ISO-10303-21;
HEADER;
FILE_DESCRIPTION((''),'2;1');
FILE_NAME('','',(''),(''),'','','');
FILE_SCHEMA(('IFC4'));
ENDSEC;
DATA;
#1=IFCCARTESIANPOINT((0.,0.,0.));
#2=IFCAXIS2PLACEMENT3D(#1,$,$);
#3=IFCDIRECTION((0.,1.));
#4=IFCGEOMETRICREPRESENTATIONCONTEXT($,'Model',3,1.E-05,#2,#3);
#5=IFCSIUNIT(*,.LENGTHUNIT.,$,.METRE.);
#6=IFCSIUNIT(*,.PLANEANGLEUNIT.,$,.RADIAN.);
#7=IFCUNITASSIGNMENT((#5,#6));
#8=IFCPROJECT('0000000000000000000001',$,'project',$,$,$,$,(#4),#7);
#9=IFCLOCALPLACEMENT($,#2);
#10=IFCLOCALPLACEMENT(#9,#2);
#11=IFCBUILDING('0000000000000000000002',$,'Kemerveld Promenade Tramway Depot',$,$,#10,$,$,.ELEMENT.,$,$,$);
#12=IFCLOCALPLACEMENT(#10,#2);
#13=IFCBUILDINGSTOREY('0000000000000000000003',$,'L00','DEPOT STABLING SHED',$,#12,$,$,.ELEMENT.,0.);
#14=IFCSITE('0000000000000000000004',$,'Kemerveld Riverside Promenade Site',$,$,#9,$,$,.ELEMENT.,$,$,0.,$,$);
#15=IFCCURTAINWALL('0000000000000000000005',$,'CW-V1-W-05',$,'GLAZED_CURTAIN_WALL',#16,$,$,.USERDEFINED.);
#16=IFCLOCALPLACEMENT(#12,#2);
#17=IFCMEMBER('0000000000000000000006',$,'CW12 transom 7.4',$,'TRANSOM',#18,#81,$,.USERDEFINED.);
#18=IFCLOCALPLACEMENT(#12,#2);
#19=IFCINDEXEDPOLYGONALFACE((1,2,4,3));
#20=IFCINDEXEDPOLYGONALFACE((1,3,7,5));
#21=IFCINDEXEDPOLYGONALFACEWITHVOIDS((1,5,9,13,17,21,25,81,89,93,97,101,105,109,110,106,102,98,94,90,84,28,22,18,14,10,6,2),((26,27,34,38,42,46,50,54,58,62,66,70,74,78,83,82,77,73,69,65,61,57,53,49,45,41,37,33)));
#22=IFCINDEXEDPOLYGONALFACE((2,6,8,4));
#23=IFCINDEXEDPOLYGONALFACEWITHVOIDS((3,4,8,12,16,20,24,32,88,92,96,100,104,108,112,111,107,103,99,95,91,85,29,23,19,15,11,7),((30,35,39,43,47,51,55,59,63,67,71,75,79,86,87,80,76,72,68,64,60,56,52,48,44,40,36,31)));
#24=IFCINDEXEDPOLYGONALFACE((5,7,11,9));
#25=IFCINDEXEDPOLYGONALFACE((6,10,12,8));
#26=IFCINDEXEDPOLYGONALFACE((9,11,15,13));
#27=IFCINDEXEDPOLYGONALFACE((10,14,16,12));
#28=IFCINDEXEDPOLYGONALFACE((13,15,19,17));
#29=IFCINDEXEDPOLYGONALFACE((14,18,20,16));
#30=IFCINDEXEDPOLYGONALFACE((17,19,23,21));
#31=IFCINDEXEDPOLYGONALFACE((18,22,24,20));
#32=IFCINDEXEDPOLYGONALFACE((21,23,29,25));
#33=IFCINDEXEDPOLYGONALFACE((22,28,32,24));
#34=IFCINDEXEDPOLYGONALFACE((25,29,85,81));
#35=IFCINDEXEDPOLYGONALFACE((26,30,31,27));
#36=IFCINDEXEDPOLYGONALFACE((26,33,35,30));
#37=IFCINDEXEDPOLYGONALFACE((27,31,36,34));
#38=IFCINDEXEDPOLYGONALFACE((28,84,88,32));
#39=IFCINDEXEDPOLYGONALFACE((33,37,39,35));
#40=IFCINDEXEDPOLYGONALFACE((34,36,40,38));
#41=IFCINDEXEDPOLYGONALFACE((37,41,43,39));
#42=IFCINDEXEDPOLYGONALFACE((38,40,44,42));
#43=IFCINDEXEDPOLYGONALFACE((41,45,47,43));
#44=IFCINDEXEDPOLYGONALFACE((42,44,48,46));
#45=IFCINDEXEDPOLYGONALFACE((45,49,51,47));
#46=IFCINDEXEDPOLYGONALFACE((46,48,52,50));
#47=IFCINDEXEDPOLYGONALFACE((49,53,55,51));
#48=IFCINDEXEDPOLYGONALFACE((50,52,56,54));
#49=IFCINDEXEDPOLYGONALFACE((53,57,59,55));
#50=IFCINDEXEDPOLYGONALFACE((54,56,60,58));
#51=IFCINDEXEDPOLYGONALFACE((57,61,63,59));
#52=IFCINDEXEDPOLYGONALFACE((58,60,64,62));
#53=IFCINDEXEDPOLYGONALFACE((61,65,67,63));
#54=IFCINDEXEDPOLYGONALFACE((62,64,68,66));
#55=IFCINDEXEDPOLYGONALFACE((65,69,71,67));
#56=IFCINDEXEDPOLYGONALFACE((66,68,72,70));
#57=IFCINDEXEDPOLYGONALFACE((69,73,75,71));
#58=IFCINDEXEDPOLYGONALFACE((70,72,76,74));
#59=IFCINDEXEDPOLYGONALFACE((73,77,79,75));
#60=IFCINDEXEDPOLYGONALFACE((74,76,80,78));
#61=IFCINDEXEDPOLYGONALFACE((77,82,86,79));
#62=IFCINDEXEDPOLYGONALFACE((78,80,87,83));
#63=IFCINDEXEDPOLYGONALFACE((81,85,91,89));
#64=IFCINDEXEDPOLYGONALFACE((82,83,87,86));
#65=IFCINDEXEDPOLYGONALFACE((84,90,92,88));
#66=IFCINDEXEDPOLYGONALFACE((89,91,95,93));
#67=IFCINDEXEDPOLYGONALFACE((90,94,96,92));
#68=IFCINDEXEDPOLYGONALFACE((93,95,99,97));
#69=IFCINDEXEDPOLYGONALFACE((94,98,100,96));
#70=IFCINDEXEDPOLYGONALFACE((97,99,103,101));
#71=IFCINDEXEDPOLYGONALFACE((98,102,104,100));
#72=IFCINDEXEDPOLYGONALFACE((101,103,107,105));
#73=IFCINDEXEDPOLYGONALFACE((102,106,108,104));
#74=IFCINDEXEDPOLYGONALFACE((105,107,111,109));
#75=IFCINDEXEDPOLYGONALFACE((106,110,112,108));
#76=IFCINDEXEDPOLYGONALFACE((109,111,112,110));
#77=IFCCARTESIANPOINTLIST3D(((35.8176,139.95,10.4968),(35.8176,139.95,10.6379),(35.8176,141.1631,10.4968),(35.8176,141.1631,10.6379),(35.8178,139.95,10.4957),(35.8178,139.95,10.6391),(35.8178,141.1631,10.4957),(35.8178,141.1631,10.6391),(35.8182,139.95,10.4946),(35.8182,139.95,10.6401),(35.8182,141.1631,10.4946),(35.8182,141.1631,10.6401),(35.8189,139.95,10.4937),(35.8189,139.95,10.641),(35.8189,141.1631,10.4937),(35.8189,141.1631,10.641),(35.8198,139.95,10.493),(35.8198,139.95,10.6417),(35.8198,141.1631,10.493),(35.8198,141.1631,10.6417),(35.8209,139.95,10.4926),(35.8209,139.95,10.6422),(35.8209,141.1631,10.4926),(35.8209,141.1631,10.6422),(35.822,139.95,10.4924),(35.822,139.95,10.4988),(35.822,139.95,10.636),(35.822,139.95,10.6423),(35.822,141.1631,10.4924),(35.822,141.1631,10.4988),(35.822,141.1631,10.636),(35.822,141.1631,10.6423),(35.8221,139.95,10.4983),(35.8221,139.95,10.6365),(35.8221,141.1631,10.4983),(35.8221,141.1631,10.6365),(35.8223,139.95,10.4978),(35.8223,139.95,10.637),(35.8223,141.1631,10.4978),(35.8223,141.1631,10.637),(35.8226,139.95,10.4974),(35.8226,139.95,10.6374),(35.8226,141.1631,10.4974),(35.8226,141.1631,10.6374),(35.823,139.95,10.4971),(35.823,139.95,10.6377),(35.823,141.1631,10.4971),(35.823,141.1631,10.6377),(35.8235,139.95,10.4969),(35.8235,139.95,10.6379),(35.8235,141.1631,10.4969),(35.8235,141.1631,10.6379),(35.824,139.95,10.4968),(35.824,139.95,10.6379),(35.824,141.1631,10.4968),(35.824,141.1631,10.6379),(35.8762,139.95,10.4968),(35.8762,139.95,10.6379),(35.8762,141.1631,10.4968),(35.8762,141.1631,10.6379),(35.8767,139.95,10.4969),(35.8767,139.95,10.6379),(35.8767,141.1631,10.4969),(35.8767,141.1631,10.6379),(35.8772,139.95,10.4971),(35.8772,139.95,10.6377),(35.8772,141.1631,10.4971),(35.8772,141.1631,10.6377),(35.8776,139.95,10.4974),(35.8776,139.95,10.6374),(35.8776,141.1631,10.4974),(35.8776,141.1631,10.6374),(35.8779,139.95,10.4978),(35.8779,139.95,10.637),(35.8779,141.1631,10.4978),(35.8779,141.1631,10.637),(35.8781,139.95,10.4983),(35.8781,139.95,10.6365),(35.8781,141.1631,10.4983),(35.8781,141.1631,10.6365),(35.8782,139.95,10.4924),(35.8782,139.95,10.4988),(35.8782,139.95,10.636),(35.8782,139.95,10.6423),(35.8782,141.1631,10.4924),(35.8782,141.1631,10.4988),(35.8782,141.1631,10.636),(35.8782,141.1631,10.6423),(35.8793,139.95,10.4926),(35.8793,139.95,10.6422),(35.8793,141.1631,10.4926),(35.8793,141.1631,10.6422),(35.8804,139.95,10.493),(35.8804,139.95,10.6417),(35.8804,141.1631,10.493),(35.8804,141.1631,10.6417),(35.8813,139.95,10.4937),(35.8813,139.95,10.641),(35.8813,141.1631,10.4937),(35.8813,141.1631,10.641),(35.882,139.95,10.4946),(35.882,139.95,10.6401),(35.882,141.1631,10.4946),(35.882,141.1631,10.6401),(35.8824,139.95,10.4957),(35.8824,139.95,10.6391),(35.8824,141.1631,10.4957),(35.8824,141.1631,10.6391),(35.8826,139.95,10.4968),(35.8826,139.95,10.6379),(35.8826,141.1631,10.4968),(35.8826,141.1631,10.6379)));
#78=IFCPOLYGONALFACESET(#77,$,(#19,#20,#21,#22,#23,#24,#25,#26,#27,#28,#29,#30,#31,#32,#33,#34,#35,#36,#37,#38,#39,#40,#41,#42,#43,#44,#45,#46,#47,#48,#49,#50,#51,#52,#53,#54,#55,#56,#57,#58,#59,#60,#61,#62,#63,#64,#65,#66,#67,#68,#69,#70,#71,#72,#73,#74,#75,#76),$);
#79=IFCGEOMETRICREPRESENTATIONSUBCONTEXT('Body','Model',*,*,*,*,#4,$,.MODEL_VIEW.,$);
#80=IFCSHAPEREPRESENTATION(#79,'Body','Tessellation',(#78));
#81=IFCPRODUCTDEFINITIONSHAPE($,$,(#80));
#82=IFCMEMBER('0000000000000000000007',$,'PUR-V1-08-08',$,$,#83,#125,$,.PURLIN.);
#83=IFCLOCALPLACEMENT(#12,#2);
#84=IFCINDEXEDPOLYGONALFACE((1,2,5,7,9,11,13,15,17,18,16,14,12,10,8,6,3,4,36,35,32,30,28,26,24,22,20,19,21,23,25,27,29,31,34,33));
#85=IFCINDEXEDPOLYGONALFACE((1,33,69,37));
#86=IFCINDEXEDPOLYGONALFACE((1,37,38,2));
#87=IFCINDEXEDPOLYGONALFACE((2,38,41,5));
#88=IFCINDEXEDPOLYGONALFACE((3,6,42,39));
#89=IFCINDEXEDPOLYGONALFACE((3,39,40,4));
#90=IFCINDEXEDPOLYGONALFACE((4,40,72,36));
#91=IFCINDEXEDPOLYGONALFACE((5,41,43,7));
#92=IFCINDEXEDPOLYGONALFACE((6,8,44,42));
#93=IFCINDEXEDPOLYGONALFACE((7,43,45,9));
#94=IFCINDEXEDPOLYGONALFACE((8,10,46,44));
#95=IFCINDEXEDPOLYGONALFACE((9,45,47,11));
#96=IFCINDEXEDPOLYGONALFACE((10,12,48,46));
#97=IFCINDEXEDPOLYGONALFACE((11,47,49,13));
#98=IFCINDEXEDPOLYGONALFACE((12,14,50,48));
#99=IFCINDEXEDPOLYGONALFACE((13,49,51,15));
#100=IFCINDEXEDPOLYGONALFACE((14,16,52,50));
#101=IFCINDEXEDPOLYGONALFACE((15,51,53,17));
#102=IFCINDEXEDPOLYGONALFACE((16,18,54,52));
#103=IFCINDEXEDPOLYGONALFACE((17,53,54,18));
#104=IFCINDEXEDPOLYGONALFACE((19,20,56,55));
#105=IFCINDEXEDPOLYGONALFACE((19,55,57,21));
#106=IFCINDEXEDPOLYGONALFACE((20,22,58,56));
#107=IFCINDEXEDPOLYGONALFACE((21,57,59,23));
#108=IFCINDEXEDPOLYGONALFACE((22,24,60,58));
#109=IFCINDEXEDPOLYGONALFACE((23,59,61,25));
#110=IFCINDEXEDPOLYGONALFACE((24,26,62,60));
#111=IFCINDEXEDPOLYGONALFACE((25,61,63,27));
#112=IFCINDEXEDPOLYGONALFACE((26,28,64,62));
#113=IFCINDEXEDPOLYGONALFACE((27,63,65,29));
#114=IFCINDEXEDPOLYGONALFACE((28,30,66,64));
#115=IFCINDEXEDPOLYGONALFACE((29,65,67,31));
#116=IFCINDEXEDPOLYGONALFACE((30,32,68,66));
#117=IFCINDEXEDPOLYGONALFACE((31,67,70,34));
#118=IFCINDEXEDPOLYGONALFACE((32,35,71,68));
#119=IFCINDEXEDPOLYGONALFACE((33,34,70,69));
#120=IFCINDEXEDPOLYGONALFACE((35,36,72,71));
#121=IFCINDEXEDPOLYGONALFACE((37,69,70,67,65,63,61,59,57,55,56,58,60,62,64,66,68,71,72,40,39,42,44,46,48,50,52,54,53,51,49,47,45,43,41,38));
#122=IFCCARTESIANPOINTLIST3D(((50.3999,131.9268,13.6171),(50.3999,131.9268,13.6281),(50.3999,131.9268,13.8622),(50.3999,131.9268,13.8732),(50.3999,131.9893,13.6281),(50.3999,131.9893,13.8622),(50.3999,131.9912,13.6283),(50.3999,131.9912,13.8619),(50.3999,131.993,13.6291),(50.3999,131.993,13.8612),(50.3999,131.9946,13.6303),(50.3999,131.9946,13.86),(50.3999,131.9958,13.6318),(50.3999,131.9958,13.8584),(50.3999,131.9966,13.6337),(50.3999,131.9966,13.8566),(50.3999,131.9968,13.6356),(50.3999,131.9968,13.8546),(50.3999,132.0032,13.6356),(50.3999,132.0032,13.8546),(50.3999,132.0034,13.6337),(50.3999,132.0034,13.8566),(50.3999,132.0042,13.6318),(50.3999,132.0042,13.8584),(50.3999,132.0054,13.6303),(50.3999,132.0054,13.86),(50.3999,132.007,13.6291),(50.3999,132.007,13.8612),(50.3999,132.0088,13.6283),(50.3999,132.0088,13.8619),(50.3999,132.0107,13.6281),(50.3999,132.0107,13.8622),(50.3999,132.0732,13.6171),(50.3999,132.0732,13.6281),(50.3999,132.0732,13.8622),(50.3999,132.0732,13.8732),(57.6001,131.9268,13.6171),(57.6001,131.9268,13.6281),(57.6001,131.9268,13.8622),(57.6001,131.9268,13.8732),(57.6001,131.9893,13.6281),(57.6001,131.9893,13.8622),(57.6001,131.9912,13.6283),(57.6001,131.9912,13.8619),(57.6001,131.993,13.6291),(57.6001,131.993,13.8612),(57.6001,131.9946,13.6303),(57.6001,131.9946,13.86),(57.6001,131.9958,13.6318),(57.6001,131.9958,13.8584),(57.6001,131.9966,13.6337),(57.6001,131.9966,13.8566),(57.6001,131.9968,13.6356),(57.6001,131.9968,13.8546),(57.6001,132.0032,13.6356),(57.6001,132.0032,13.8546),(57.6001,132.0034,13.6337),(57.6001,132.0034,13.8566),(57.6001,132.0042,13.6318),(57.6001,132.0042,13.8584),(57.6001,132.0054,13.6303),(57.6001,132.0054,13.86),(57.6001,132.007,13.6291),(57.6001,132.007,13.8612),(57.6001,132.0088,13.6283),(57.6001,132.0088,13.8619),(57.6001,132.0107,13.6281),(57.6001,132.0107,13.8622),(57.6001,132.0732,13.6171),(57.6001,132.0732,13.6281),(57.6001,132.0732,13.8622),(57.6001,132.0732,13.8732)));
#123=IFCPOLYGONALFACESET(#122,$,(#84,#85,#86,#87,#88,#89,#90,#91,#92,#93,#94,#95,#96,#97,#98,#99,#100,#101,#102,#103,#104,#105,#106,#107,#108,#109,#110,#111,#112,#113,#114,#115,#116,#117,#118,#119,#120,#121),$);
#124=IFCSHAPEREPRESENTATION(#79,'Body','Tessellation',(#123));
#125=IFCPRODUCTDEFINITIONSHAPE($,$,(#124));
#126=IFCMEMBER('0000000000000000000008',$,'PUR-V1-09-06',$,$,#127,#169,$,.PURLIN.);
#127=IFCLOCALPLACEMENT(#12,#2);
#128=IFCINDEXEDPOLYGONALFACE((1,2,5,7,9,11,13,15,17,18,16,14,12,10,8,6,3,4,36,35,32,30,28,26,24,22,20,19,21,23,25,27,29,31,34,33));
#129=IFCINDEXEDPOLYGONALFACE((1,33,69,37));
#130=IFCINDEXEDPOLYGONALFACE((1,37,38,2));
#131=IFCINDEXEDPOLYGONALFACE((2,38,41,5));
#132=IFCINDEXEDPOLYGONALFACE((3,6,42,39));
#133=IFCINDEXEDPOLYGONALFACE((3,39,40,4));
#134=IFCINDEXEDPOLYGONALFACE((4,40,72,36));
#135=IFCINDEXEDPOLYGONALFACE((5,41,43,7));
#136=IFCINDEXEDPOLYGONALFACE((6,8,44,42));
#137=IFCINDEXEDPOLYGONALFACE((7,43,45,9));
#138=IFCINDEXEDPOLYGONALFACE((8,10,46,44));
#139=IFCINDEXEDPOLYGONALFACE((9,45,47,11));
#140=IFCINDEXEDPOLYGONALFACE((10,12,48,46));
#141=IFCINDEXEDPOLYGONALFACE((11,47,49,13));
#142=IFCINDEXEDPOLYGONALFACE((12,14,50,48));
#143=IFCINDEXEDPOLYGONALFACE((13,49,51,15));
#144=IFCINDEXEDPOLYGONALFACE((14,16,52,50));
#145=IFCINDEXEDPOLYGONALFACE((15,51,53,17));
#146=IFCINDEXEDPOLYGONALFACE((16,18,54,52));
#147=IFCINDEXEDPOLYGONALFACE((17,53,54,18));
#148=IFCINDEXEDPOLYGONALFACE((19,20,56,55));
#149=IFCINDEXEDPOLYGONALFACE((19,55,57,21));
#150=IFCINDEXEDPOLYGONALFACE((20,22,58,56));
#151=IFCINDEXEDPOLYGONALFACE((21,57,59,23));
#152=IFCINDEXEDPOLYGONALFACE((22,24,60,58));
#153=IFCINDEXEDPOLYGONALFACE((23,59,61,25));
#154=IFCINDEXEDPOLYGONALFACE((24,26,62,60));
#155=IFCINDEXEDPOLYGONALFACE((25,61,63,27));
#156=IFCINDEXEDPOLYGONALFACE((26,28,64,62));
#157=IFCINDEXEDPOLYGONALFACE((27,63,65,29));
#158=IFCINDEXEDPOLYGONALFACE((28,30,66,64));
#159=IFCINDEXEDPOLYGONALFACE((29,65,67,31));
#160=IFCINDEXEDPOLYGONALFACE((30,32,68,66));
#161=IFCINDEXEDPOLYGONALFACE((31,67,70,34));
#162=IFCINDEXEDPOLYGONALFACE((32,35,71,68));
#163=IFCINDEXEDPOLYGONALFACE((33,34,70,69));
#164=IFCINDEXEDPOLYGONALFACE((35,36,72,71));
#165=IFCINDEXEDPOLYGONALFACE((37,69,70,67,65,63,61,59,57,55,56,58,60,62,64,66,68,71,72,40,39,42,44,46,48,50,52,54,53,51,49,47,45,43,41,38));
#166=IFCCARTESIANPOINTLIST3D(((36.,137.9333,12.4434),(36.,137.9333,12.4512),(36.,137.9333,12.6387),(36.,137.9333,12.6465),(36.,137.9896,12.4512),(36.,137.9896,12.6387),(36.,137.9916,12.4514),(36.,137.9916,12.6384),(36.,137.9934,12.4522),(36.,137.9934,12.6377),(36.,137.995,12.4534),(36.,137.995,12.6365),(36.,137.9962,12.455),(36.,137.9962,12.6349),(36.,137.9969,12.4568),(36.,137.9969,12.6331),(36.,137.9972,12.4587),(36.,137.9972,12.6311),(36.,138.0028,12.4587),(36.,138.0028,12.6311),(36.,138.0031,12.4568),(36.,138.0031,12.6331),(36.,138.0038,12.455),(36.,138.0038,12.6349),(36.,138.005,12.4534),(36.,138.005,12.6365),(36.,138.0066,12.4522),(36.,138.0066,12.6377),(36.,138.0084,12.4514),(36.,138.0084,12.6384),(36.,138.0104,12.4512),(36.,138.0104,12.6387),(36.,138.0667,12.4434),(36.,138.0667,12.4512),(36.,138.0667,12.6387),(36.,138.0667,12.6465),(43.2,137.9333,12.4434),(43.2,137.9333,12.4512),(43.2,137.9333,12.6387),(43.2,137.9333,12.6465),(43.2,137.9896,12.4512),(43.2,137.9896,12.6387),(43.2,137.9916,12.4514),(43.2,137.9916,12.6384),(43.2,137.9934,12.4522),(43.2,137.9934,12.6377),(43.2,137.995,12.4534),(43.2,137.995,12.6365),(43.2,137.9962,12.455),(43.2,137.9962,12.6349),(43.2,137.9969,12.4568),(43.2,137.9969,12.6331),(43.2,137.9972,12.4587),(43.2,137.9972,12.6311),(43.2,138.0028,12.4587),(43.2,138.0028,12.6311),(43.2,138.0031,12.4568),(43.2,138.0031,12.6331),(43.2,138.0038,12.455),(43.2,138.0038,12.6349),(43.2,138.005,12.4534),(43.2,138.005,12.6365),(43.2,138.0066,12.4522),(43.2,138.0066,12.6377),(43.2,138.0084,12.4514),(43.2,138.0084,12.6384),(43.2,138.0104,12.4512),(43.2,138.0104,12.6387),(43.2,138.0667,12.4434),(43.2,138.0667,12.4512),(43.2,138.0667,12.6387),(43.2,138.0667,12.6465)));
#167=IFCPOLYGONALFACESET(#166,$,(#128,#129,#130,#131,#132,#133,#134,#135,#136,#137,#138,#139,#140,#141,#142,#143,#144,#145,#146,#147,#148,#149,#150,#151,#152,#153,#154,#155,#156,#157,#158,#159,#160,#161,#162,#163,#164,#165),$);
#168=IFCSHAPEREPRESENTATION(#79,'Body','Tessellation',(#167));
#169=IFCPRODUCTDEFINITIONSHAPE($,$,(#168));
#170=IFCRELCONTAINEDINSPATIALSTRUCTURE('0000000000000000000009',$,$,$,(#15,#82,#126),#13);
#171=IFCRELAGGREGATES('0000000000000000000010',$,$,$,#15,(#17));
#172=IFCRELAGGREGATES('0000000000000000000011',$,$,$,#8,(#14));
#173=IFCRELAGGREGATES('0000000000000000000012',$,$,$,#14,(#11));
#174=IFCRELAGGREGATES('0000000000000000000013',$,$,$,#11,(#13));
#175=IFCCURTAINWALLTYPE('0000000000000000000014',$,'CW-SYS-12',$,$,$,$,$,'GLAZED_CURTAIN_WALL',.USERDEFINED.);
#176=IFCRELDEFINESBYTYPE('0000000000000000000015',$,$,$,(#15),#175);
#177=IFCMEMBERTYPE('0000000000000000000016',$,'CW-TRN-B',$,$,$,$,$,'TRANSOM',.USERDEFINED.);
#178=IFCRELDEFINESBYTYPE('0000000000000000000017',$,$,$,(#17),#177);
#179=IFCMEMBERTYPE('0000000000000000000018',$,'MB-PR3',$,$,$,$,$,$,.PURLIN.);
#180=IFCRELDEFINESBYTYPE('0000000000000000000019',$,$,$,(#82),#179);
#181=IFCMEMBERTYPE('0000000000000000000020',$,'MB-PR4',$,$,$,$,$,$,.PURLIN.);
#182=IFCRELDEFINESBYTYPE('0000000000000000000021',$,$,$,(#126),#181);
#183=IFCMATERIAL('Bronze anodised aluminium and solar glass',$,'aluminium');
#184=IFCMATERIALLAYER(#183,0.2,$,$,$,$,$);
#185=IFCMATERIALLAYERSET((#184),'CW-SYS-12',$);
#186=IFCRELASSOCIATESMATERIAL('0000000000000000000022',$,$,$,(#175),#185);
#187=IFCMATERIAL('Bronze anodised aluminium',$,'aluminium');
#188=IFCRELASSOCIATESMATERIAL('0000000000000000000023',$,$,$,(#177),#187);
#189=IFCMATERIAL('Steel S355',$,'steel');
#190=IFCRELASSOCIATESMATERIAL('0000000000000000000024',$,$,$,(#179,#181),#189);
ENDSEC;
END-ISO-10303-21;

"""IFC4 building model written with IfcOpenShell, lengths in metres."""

from ifc_helpers import new_model, si_unit, direction, frame, origin, origin_2d, place, context, subcontext, project, spatial, hollow_rectangle, i_section, extrude, material, layer, layer_set, material_profile, profile_set, type_object, element, aggregate, save


model = new_model("IFC4")

# Units and contexts
model_context = context("Model", 3, precision=1e-05, world=origin(), true_north=direction((0.0, 1.0)))
body_context = subcontext(model_context, "Body", "Model", "MODEL_VIEW")
ifc_project = project(units=[si_unit("LENGTHUNIT", "METRE"), si_unit("PLANEANGLEUNIT", "RADIAN")], contexts=[model_context])

# Site, building, storey
site_placement = place(None, origin())
site = spatial("IfcSite", under=ifc_project, at=site_placement, Name="Kemerveld Riverside Promenade Site", CompositionType="ELEMENT", RefElevation=0.0)
building_placement = place(site_placement, origin())
building = spatial("IfcBuilding", under=site, at=building_placement, Name="Kemerveld Promenade Tramway Depot", CompositionType="ELEMENT")
storey_placement = place(building_placement, origin())
storey = spatial("IfcBuildingStorey", under=building, at=storey_placement, Name="L00", Description="DEPOT STABLING SHED", CompositionType="ELEMENT", Elevation=0.0)

# Curtain wall, member
ifc_material_1 = material(Name="Bronze anodised aluminium and solar glass", Category="aluminium")
ifc_layer_1 = layer(ifc_material_1, 0.2)
ifc_layer_set_1 = layer_set([ifc_layer_1], Name="CW-SYS-12")
curtain_wall_type = type_object("IfcCurtainWallType", Name="CW-SYS-12", ElementType="GLAZED_CURTAIN_WALL", PredefinedType="USERDEFINED", material=ifc_layer_set_1)
curtain_wall_placement = place(storey_placement, origin())
curtain_wall = element("IfcCurtainWall", 1, at=curtain_wall_placement, inside=storey, type_object=curtain_wall_type, Name="CW-V1-W-05", ObjectType="GLAZED_CURTAIN_WALL", PredefinedType="USERDEFINED")
ifc_material_2 = material(Name="Bronze anodised aluminium", Category="aluminium")
ifc_material_profile_1 = material_profile(ifc_material_2, hollow_rectangle(XDim=0.0649, YDim=0.1499, WallThickness=0.0044, InnerFilletRadius=0.002, OuterFilletRadius=0.0044, at=origin_2d()), Name="CW-TRN-150x65")
ifc_profile_set_1 = profile_set([ifc_material_profile_1], Name="Bronze anodised aluminium")
member_type_1 = type_object("IfcMemberType", Name="CW-TRN-B", ElementType="TRANSOM", PredefinedType="USERDEFINED", material=ifc_profile_set_1)
member_1_placement = place(storey_placement, frame((35.8501, 139.95, 10.5674), z_axis=(0.0, 1.0, 0.0), x_axis=(-1.0, 0.0, 0.0)))
member_1 = element("IfcMember", 2, at=member_1_placement, type_object=member_type_1, Name="CW12 transom 7.4", ObjectType="TRANSOM", PredefinedType="USERDEFINED", context=body_context, shape_type="SweptSolid", body=[
    extrude(hollow_rectangle(XDim=0.0649, YDim=0.1499, WallThickness=0.0044, InnerFilletRadius=0.002, OuterFilletRadius=0.0044, at=origin_2d()), origin(), (0.0, 0.0, 1.0), 1.2131),
])

# Members
ifc_material_3 = material(Name="Steel S355", Category="steel")
ifc_material_profile_2 = material_profile(ifc_material_3, i_section(OverallWidth=0.1465, OverallDepth=0.2561, WebThickness=0.0063, FlangeThickness=0.011, FilletRadius=0.0076, at=origin_2d()), Name="254x146x37 UB")
ifc_profile_set_2 = profile_set([ifc_material_profile_2], Name="Steel S355")
member_type_2 = type_object("IfcMemberType", Name="MB-PR3", PredefinedType="PURLIN", material=ifc_profile_set_2)
member_2_placement = place(storey_placement, frame((50.3999, 132.0, 13.7451), z_axis=(1.0, 0.0, 0.0), x_axis=(0.0, 1.0, 0.0)))
element("IfcMember", 3, at=member_2_placement, inside=storey, type_object=member_type_2, Name="PUR-V1-08-08", PredefinedType="PURLIN", context=body_context, shape_type="SweptSolid", body=[
    extrude(i_section(OverallWidth=0.1465, OverallDepth=0.2561, WebThickness=0.0063, FlangeThickness=0.011, FilletRadius=0.0076, at=origin_2d()), origin(), (0.0, 0.0, 1.0), 7.2002),
])
ifc_material_profile_3 = material_profile(ifc_material_3, i_section(OverallWidth=0.1333, OverallDepth=0.2031, WebThickness=0.0056, FlangeThickness=0.0078, FilletRadius=0.0076, at=origin_2d()), Name="203x133x25 UB")
ifc_profile_set_3 = profile_set([ifc_material_profile_3], Name="Steel S355")
member_type_3 = type_object("IfcMemberType", Name="MB-PR4", PredefinedType="PURLIN", material=ifc_profile_set_3)
for number, where, z_axis, x_axis, name in (
    (4, (36.0, 138.0, 12.5449), (1.0, 0.0, 0.0), (0.0, 1.0, 0.0), "PUR-V1-09-06"),
):
    element("IfcMember", number, at=place(storey_placement, frame(where, z_axis=z_axis, x_axis=x_axis)), inside=storey, type_object=member_type_3, Name=name, PredefinedType="PURLIN", context=body_context, shape_type="SweptSolid", body=[
        extrude(i_section(OverallWidth=0.1333, OverallDepth=0.2031, WebThickness=0.0056, FlangeThickness=0.0078, FilletRadius=0.0076, at=origin_2d()), origin(), (0.0, 0.0, 1.0), 7.2),
    ])

aggregate(curtain_wall, [member_1])

save(model, "model.ifc")
